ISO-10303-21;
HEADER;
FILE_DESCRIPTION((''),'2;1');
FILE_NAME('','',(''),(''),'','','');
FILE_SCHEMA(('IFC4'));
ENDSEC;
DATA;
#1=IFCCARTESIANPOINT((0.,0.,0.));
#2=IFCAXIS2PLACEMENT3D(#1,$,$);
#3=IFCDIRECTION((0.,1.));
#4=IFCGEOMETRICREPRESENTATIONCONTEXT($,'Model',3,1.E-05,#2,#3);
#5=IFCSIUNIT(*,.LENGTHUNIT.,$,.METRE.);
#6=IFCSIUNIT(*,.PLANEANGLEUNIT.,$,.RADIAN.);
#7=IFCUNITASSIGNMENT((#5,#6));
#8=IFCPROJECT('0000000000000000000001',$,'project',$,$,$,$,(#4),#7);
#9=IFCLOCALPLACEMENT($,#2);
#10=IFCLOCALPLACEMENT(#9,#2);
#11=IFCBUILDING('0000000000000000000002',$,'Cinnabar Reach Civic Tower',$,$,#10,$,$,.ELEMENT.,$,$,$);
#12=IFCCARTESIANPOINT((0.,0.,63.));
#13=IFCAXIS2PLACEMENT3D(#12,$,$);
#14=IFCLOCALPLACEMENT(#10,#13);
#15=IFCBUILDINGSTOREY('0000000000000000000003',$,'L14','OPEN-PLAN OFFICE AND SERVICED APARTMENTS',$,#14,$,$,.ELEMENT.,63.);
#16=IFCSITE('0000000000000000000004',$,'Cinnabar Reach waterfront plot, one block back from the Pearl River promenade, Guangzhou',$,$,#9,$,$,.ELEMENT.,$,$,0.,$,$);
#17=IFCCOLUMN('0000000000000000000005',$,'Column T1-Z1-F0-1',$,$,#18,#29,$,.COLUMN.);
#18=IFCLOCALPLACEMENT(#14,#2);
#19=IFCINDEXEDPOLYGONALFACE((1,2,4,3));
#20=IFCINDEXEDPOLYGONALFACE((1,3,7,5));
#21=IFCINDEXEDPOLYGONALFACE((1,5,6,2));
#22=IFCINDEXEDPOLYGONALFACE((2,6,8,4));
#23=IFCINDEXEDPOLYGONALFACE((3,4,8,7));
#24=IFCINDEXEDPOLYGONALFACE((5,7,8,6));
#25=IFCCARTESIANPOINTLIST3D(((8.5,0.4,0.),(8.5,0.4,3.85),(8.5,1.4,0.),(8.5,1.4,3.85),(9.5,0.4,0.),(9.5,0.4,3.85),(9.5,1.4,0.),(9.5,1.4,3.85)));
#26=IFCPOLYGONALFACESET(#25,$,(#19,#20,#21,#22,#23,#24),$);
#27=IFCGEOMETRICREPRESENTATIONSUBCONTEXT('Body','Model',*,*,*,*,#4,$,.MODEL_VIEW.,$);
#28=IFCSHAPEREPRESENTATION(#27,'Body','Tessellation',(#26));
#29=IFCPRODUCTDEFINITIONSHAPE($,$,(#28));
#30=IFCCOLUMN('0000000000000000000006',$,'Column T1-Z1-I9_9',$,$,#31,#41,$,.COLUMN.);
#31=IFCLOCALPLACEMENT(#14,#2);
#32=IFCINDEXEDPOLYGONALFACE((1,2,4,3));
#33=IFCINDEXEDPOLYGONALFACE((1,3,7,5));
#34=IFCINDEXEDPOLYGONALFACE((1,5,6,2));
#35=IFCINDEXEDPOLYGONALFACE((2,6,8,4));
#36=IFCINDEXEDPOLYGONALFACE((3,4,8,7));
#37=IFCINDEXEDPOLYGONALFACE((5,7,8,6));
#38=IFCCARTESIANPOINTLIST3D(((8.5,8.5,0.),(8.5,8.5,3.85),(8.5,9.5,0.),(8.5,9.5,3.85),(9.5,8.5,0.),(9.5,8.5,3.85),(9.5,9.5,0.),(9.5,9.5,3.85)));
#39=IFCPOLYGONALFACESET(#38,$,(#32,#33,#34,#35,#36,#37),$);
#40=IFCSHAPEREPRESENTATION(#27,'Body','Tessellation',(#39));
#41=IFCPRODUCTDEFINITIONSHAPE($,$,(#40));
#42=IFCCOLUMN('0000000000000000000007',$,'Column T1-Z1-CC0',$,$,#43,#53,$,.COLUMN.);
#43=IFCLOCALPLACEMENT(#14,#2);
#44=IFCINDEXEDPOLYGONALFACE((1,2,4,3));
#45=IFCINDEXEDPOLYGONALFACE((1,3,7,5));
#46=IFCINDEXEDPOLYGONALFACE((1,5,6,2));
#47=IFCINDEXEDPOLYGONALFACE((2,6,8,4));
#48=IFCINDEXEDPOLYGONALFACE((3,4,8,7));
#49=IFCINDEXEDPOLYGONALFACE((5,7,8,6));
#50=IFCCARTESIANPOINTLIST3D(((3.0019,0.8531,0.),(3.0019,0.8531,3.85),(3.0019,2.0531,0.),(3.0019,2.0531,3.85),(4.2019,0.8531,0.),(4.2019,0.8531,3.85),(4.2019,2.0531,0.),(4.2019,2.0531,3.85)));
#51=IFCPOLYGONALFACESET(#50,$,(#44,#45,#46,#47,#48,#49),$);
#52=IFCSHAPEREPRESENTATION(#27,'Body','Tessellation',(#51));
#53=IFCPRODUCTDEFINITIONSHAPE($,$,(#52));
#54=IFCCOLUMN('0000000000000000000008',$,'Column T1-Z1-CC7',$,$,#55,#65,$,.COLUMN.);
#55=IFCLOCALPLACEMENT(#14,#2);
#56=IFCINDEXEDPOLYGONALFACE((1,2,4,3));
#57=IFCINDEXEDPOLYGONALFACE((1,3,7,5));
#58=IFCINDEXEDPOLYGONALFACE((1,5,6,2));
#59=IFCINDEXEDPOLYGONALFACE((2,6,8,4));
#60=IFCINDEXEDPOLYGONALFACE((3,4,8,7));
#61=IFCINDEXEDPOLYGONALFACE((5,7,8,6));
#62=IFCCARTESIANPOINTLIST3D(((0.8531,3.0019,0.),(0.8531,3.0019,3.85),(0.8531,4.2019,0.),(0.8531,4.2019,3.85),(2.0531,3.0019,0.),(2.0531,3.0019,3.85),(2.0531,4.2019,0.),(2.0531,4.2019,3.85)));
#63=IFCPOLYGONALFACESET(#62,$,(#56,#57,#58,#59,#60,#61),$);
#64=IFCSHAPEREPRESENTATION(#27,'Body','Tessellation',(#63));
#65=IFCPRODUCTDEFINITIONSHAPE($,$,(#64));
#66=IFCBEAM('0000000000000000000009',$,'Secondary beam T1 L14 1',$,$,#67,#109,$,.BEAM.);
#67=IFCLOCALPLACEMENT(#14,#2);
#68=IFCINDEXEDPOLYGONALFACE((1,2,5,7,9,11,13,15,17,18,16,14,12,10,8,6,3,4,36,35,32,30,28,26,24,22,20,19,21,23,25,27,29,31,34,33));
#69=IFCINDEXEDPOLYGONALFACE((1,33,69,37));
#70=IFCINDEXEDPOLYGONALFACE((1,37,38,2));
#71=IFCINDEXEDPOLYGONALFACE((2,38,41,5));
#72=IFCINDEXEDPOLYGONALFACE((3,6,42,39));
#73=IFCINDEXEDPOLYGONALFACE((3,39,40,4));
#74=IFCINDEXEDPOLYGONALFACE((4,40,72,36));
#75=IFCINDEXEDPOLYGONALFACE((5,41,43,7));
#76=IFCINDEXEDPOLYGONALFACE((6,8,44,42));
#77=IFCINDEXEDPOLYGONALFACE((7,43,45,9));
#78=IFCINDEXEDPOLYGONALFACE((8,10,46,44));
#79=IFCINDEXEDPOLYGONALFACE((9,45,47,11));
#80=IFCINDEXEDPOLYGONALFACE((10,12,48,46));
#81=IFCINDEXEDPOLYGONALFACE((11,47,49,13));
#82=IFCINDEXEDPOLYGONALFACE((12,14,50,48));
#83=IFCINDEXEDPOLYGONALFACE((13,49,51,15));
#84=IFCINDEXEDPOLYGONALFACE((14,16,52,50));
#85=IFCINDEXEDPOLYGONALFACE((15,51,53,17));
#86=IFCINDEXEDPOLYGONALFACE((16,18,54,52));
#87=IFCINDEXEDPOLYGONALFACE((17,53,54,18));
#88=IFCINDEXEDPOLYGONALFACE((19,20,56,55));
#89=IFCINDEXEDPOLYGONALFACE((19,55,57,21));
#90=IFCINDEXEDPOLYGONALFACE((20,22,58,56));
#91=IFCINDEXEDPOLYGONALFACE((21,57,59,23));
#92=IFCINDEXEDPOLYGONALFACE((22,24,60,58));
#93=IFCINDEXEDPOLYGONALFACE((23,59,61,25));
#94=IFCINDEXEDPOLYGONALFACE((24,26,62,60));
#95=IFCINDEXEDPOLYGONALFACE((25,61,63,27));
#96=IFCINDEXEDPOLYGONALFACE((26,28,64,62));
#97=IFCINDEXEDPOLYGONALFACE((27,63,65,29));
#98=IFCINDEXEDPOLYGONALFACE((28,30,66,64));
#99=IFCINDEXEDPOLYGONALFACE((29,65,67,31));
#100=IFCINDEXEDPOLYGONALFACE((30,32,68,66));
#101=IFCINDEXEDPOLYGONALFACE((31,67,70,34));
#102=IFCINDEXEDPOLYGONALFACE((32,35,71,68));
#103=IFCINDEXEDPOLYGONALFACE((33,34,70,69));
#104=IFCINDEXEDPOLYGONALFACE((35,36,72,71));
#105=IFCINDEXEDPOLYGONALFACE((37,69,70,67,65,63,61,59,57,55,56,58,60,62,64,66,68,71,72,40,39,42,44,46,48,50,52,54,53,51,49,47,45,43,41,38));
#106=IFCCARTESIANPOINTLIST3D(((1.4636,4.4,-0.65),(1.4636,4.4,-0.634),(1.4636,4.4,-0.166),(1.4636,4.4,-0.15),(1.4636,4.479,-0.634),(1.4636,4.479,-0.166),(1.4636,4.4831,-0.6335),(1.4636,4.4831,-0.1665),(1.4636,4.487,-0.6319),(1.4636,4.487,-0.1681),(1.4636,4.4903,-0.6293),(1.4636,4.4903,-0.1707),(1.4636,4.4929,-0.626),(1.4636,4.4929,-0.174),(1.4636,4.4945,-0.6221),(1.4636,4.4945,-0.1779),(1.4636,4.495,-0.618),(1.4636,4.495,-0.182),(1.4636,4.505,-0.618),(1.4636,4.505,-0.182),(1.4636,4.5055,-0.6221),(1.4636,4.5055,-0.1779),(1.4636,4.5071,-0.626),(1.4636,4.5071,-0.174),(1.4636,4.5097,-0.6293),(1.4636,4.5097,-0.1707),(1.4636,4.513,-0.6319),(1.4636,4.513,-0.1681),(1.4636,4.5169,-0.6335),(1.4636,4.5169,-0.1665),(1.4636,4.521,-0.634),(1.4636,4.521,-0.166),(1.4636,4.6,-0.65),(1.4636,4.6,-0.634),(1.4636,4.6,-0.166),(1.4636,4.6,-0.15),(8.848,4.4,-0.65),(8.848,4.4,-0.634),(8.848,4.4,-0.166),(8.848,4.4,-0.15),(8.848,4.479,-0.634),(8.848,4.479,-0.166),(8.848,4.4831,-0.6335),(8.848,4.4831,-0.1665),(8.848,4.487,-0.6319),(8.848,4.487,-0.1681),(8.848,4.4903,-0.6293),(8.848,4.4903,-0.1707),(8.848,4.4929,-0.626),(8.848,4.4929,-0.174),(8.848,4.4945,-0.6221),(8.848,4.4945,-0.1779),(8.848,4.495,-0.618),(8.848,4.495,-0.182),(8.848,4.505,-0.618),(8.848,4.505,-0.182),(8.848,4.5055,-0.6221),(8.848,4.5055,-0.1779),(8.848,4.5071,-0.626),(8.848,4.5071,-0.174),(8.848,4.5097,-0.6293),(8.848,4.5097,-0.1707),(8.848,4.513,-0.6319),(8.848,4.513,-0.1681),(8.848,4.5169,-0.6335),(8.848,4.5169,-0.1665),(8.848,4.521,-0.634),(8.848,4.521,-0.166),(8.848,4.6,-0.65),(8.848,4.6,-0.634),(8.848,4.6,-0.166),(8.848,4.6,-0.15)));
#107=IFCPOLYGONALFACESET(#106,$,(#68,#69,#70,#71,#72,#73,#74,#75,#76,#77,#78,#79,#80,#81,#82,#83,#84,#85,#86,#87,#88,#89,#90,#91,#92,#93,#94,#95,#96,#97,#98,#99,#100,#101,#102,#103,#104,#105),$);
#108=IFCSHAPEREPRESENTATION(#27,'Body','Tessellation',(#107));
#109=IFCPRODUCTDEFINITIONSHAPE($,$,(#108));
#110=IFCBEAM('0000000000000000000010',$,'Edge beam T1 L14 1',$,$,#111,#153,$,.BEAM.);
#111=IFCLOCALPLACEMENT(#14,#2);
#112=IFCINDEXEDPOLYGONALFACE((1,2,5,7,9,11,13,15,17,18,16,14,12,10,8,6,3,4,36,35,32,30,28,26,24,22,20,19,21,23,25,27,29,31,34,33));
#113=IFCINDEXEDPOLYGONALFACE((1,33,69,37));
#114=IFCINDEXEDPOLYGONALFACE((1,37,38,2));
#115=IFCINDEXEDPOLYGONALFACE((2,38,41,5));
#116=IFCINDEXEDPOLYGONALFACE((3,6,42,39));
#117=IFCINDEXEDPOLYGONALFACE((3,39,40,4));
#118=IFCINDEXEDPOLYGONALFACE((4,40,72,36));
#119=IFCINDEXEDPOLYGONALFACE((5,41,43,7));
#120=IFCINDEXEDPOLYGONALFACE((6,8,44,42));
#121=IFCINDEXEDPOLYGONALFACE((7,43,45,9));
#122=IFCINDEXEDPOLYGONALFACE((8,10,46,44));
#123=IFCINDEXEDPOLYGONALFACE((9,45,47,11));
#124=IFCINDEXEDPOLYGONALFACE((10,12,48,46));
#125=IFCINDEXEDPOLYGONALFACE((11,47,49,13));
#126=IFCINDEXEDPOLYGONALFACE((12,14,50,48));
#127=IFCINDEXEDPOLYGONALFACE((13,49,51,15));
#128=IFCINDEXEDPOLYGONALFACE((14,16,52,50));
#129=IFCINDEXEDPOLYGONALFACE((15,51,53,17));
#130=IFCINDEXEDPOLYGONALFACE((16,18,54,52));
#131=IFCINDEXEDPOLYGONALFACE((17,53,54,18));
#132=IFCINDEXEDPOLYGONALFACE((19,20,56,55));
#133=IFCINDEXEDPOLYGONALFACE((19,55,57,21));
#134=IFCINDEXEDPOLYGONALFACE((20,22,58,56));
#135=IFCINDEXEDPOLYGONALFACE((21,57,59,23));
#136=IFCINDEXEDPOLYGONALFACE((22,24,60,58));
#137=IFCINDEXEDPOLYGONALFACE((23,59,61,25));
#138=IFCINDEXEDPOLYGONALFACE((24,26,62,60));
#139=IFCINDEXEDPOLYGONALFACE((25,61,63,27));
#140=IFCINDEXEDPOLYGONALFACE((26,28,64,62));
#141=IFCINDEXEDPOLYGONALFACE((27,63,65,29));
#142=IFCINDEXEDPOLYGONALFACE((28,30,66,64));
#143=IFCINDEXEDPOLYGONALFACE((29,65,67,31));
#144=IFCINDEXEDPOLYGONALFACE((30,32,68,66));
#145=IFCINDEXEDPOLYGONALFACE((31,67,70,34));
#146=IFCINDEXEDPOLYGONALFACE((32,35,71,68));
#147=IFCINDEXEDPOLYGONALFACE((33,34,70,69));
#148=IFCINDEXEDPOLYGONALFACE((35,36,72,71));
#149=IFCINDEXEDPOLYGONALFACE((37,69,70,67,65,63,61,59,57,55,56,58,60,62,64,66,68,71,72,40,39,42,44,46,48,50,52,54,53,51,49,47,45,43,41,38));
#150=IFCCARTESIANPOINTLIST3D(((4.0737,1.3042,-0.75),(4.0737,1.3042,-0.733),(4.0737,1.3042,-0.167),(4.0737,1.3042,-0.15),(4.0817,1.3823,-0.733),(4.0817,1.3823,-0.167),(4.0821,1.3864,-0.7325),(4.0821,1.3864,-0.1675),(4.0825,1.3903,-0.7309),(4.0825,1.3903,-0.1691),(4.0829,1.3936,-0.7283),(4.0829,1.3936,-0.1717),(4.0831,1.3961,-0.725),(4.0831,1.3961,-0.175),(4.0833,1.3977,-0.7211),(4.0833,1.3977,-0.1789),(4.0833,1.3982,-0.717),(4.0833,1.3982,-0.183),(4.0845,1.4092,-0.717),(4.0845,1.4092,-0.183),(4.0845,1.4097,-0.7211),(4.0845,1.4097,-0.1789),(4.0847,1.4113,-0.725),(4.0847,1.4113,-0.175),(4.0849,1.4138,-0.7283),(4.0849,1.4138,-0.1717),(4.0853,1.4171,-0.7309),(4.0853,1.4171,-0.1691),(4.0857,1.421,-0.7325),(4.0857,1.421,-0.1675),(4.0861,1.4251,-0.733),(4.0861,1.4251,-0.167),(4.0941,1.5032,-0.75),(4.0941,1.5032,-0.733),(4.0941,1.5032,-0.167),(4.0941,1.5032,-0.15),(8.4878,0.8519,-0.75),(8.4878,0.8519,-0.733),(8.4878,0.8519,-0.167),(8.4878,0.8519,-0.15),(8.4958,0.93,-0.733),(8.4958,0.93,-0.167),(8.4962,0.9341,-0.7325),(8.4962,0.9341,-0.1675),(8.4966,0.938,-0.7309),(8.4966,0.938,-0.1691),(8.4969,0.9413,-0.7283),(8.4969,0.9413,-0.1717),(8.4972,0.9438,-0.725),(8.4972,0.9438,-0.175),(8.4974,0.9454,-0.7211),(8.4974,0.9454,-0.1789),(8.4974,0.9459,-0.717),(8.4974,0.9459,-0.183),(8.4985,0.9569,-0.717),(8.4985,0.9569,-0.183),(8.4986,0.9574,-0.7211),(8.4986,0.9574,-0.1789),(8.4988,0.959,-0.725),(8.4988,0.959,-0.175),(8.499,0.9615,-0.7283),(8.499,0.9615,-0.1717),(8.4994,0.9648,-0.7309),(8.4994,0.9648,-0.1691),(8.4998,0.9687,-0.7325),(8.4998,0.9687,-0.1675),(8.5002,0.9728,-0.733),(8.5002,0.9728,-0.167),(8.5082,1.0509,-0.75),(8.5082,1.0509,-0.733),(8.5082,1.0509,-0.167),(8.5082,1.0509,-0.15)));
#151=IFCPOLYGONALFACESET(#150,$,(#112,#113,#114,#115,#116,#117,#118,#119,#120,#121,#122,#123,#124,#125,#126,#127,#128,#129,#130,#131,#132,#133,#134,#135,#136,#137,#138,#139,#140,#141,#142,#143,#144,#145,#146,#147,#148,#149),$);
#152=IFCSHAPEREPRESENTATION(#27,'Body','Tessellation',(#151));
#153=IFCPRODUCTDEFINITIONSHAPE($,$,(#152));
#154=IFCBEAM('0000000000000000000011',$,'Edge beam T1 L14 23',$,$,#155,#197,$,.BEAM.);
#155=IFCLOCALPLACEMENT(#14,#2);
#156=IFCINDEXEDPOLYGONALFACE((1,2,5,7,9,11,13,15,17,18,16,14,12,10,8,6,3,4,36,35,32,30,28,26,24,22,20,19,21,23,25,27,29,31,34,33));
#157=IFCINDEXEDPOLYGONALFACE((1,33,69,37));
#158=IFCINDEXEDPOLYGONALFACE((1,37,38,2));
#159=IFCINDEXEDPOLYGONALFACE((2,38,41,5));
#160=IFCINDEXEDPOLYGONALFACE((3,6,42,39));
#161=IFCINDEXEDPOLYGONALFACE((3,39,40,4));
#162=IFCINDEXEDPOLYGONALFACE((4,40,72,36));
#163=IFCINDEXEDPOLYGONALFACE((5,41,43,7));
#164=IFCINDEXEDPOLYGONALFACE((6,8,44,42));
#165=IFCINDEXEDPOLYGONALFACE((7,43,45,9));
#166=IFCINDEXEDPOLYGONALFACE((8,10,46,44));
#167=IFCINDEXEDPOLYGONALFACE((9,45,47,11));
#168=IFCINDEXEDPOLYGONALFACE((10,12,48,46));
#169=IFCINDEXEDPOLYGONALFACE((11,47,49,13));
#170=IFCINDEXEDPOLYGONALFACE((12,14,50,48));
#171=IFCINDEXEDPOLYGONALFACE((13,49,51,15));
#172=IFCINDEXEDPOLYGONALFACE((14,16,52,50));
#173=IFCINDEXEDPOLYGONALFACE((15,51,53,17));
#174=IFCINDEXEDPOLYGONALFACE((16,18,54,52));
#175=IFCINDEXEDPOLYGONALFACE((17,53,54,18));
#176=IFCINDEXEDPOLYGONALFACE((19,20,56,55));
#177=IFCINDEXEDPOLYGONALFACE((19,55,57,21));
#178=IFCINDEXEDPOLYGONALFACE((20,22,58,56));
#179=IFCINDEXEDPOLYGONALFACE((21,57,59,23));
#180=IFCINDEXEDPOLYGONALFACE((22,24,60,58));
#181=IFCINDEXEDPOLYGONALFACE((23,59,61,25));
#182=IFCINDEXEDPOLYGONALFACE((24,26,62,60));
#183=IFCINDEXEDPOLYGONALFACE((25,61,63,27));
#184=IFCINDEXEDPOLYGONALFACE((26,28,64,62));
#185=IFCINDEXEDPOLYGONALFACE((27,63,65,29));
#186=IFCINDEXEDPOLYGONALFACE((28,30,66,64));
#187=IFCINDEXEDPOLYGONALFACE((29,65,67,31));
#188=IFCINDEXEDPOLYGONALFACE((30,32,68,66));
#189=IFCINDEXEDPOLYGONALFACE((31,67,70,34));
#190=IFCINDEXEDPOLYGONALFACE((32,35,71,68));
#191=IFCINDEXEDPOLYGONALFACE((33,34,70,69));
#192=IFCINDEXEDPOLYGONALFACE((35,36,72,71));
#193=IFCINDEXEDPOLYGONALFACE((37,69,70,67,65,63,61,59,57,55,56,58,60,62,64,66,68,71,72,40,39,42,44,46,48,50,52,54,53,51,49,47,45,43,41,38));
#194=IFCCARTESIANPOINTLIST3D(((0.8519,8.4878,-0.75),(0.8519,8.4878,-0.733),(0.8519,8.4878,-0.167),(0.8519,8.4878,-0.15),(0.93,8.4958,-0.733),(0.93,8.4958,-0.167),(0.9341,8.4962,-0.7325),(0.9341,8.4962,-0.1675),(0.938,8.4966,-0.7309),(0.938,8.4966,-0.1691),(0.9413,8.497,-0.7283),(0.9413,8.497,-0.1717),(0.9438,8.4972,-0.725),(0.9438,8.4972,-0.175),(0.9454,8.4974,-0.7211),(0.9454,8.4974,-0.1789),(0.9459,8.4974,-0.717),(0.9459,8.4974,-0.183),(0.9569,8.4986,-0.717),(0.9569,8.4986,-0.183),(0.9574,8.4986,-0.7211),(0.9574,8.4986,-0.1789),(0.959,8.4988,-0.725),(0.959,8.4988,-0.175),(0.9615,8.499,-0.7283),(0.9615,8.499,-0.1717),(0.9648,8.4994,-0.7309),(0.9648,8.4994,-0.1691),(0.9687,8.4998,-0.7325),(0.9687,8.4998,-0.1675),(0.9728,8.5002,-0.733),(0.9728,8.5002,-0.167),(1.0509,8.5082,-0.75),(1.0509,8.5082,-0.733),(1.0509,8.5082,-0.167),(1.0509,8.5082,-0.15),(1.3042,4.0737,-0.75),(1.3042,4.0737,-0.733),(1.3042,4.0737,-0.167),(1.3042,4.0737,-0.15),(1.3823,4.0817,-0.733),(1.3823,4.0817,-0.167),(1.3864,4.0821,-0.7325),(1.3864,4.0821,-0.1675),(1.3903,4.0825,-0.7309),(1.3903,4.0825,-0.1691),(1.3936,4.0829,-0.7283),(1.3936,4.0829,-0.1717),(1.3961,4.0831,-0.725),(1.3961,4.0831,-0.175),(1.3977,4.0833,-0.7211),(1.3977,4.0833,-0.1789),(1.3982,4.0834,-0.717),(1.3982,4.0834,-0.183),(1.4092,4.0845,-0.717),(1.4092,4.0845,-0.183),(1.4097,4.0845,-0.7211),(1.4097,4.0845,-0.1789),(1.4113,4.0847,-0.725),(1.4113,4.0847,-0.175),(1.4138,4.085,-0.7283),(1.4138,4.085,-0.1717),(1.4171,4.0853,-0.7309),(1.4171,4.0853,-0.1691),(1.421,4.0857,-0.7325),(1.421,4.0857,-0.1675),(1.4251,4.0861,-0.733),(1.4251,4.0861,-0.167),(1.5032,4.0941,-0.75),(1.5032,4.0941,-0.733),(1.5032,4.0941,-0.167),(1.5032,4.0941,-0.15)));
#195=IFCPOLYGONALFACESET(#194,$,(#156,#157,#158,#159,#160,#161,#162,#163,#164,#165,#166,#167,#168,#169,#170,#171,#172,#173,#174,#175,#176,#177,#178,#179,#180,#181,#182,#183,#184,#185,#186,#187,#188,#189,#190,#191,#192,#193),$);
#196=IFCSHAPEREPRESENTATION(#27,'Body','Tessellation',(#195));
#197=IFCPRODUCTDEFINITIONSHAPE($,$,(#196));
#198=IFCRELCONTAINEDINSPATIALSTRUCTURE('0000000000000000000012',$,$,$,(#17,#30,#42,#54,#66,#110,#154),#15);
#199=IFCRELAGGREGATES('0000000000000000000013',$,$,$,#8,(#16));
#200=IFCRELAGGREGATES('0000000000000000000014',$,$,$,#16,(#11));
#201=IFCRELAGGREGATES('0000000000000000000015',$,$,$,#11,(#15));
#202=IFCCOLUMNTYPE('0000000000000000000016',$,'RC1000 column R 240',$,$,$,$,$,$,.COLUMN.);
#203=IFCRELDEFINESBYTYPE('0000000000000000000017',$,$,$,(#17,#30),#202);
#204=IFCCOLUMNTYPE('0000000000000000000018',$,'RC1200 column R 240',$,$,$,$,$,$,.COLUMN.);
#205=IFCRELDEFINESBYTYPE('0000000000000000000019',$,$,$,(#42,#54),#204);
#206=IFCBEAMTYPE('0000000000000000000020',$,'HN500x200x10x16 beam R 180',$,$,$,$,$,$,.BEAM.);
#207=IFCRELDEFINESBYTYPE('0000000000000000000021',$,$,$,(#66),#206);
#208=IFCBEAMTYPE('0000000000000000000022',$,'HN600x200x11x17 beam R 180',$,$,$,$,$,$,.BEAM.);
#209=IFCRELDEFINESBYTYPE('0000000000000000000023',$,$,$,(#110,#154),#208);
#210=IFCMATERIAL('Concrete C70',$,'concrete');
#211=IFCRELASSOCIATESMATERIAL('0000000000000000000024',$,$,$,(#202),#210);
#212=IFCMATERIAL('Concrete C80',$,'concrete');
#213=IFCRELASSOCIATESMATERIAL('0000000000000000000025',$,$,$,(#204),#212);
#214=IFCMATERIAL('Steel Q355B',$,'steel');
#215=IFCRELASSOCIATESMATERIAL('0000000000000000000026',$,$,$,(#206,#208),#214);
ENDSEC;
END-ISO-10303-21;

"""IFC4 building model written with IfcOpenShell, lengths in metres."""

from ifc_helpers import new_model, si_unit, direction, frame, origin, origin_2d, place, context, subcontext, project, spatial, rectangle, i_section, extrude, material, material_profile, profile_set, type_object, element, save


model = new_model("IFC4")

# Units and contexts
model_context = context("Model", 3, precision=1e-05, world=origin(), true_north=direction((0.0, 1.0)))
body_context = subcontext(model_context, "Body", "Model", "MODEL_VIEW")
ifc_project = project(units=[si_unit("LENGTHUNIT", "METRE"), si_unit("PLANEANGLEUNIT", "RADIAN")], contexts=[model_context])

# Site, building, storey
site_placement = place(None, origin())
site = spatial("IfcSite", under=ifc_project, at=site_placement, Name="Cinnabar Reach waterfront plot, one block back from the Pearl River promenade, Guangzhou", CompositionType="ELEMENT", RefElevation=0.0)
building_placement = place(site_placement, origin())
building = spatial("IfcBuilding", under=site, at=building_placement, Name="Cinnabar Reach Civic Tower", CompositionType="ELEMENT")
storey_placement = place(building_placement, frame((0.0, 0.0, 63.0)))
storey = spatial("IfcBuildingStorey", under=building, at=storey_placement, Name="L14", Description="OPEN-PLAN OFFICE AND SERVICED APARTMENTS", CompositionType="ELEMENT", Elevation=63.0)

# Columns
ifc_material_1 = material(Name="Concrete C70", Category="concrete")
ifc_material_profile_1 = material_profile(ifc_material_1, rectangle(XDim=1.0, YDim=1.0, at=origin_2d()), Name="RC1000")
ifc_profile_set_1 = profile_set([ifc_material_profile_1], Name="Concrete C70")
column_type_1 = type_object("IfcColumnType", Name="RC1000 column R 240", PredefinedType="COLUMN", material=ifc_profile_set_1)
for number, where, z_axis, x_axis, name in (
    (1, (9.0, 0.9, 0.0), (0.0, 0.0, 1.0), (1.0, 0.0, 0.0), "Column T1-Z1-F0-1"),
    (2, (9.0, 9.0, 0.0), (0.0, 0.0, 1.0), (1.0, 0.0, 0.0), "Column T1-Z1-I9_9"),
):
    element("IfcColumn", number, at=place(storey_placement, frame(where, z_axis=z_axis, x_axis=x_axis)), inside=storey, type_object=column_type_1, Name=name, PredefinedType="COLUMN", context=body_context, shape_type="SweptSolid", body=[
        extrude(rectangle(XDim=1.0, YDim=1.0, at=origin_2d()), origin(), (0.0, 0.0, 1.0), 3.85),
    ])
ifc_material_2 = material(Name="Concrete C80", Category="concrete")
ifc_material_profile_2 = material_profile(ifc_material_2, rectangle(XDim=1.2, YDim=1.2, at=origin_2d()), Name="RC1200")
ifc_profile_set_2 = profile_set([ifc_material_profile_2], Name="Concrete C80")
column_type_2 = type_object("IfcColumnType", Name="RC1200 column R 240", PredefinedType="COLUMN", material=ifc_profile_set_2)
for number, where, z_axis, x_axis, name in (
    (3, (3.6019, 1.4531, 0.0), (0.0, 0.0, 1.0), (1.0, 0.0, 0.0), "Column T1-Z1-CC0"),
    (4, (1.4531, 3.6019, 0.0), (0.0, 0.0, 1.0), (1.0, 0.0, 0.0), "Column T1-Z1-CC7"),
):
    element("IfcColumn", number, at=place(storey_placement, frame(where, z_axis=z_axis, x_axis=x_axis)), inside=storey, type_object=column_type_2, Name=name, PredefinedType="COLUMN", context=body_context, shape_type="SweptSolid", body=[
        extrude(rectangle(XDim=1.2, YDim=1.2, at=origin_2d()), origin(), (0.0, 0.0, 1.0), 3.85),
    ])

# Beams
ifc_material_3 = material(Name="Steel Q355B", Category="steel")
ifc_material_profile_3 = material_profile(ifc_material_3, i_section(OverallWidth=0.2, OverallDepth=0.5, WebThickness=0.01, FlangeThickness=0.016, FilletRadius=0.016, at=origin_2d()), Name="HN500x200x10x16")
ifc_profile_set_3 = profile_set([ifc_material_profile_3], Name="Steel Q355B")
beam_type_1 = type_object("IfcBeamType", Name="HN500x200x10x16 beam R 180", PredefinedType="BEAM", material=ifc_profile_set_3)
beam_1_placement = place(storey_placement, frame((1.4636, 4.5, -0.4), z_axis=(1.0, 0.0, 0.0), x_axis=(0.0, 1.0, 0.0)))
element("IfcBeam", 5, at=beam_1_placement, inside=storey, type_object=beam_type_1, Name="Secondary beam T1 L14 1", PredefinedType="BEAM", context=body_context, shape_type="SweptSolid", body=[
    extrude(i_section(OverallWidth=0.2, OverallDepth=0.5, WebThickness=0.01, FlangeThickness=0.016, FilletRadius=0.016, at=origin_2d()), origin(), (0.0, 0.0, 1.0), 7.3844),
])
ifc_material_profile_4 = material_profile(ifc_material_3, i_section(OverallWidth=0.2, OverallDepth=0.6, WebThickness=0.011, FlangeThickness=0.017, FilletRadius=0.016, at=origin_2d()), Name="HN600x200x11x17")
ifc_profile_set_4 = profile_set([ifc_material_profile_4], Name="Steel Q355B")
beam_type_2 = type_object("IfcBeamType", Name="HN600x200x11x17 beam R 180", PredefinedType="BEAM", material=ifc_profile_set_4)
for number, where, z_axis, x_axis, name in (
    (6, (4.0839, 1.4037, -0.45), (0.994791, -0.101933, 0.0), (0.101933, 0.994791, 0.0), "Edge beam T1 L14 1"),
    (7, (0.9514, 8.498, -0.45), (0.101933, -0.994791, 0.0), (0.994791, 0.101933, 0.0), "Edge beam T1 L14 23"),
):
    element("IfcBeam", number, at=place(storey_placement, frame(where, z_axis=z_axis, x_axis=x_axis)), inside=storey, type_object=beam_type_2, Name=name, PredefinedType="BEAM", context=body_context, shape_type="SweptSolid", body=[
        extrude(i_section(OverallWidth=0.2, OverallDepth=0.6, WebThickness=0.011, FlangeThickness=0.017, FilletRadius=0.016, at=origin_2d()), origin(), (0.0, 0.0, 1.0), 4.4372),
    ])

save(model, "model.ifc")
